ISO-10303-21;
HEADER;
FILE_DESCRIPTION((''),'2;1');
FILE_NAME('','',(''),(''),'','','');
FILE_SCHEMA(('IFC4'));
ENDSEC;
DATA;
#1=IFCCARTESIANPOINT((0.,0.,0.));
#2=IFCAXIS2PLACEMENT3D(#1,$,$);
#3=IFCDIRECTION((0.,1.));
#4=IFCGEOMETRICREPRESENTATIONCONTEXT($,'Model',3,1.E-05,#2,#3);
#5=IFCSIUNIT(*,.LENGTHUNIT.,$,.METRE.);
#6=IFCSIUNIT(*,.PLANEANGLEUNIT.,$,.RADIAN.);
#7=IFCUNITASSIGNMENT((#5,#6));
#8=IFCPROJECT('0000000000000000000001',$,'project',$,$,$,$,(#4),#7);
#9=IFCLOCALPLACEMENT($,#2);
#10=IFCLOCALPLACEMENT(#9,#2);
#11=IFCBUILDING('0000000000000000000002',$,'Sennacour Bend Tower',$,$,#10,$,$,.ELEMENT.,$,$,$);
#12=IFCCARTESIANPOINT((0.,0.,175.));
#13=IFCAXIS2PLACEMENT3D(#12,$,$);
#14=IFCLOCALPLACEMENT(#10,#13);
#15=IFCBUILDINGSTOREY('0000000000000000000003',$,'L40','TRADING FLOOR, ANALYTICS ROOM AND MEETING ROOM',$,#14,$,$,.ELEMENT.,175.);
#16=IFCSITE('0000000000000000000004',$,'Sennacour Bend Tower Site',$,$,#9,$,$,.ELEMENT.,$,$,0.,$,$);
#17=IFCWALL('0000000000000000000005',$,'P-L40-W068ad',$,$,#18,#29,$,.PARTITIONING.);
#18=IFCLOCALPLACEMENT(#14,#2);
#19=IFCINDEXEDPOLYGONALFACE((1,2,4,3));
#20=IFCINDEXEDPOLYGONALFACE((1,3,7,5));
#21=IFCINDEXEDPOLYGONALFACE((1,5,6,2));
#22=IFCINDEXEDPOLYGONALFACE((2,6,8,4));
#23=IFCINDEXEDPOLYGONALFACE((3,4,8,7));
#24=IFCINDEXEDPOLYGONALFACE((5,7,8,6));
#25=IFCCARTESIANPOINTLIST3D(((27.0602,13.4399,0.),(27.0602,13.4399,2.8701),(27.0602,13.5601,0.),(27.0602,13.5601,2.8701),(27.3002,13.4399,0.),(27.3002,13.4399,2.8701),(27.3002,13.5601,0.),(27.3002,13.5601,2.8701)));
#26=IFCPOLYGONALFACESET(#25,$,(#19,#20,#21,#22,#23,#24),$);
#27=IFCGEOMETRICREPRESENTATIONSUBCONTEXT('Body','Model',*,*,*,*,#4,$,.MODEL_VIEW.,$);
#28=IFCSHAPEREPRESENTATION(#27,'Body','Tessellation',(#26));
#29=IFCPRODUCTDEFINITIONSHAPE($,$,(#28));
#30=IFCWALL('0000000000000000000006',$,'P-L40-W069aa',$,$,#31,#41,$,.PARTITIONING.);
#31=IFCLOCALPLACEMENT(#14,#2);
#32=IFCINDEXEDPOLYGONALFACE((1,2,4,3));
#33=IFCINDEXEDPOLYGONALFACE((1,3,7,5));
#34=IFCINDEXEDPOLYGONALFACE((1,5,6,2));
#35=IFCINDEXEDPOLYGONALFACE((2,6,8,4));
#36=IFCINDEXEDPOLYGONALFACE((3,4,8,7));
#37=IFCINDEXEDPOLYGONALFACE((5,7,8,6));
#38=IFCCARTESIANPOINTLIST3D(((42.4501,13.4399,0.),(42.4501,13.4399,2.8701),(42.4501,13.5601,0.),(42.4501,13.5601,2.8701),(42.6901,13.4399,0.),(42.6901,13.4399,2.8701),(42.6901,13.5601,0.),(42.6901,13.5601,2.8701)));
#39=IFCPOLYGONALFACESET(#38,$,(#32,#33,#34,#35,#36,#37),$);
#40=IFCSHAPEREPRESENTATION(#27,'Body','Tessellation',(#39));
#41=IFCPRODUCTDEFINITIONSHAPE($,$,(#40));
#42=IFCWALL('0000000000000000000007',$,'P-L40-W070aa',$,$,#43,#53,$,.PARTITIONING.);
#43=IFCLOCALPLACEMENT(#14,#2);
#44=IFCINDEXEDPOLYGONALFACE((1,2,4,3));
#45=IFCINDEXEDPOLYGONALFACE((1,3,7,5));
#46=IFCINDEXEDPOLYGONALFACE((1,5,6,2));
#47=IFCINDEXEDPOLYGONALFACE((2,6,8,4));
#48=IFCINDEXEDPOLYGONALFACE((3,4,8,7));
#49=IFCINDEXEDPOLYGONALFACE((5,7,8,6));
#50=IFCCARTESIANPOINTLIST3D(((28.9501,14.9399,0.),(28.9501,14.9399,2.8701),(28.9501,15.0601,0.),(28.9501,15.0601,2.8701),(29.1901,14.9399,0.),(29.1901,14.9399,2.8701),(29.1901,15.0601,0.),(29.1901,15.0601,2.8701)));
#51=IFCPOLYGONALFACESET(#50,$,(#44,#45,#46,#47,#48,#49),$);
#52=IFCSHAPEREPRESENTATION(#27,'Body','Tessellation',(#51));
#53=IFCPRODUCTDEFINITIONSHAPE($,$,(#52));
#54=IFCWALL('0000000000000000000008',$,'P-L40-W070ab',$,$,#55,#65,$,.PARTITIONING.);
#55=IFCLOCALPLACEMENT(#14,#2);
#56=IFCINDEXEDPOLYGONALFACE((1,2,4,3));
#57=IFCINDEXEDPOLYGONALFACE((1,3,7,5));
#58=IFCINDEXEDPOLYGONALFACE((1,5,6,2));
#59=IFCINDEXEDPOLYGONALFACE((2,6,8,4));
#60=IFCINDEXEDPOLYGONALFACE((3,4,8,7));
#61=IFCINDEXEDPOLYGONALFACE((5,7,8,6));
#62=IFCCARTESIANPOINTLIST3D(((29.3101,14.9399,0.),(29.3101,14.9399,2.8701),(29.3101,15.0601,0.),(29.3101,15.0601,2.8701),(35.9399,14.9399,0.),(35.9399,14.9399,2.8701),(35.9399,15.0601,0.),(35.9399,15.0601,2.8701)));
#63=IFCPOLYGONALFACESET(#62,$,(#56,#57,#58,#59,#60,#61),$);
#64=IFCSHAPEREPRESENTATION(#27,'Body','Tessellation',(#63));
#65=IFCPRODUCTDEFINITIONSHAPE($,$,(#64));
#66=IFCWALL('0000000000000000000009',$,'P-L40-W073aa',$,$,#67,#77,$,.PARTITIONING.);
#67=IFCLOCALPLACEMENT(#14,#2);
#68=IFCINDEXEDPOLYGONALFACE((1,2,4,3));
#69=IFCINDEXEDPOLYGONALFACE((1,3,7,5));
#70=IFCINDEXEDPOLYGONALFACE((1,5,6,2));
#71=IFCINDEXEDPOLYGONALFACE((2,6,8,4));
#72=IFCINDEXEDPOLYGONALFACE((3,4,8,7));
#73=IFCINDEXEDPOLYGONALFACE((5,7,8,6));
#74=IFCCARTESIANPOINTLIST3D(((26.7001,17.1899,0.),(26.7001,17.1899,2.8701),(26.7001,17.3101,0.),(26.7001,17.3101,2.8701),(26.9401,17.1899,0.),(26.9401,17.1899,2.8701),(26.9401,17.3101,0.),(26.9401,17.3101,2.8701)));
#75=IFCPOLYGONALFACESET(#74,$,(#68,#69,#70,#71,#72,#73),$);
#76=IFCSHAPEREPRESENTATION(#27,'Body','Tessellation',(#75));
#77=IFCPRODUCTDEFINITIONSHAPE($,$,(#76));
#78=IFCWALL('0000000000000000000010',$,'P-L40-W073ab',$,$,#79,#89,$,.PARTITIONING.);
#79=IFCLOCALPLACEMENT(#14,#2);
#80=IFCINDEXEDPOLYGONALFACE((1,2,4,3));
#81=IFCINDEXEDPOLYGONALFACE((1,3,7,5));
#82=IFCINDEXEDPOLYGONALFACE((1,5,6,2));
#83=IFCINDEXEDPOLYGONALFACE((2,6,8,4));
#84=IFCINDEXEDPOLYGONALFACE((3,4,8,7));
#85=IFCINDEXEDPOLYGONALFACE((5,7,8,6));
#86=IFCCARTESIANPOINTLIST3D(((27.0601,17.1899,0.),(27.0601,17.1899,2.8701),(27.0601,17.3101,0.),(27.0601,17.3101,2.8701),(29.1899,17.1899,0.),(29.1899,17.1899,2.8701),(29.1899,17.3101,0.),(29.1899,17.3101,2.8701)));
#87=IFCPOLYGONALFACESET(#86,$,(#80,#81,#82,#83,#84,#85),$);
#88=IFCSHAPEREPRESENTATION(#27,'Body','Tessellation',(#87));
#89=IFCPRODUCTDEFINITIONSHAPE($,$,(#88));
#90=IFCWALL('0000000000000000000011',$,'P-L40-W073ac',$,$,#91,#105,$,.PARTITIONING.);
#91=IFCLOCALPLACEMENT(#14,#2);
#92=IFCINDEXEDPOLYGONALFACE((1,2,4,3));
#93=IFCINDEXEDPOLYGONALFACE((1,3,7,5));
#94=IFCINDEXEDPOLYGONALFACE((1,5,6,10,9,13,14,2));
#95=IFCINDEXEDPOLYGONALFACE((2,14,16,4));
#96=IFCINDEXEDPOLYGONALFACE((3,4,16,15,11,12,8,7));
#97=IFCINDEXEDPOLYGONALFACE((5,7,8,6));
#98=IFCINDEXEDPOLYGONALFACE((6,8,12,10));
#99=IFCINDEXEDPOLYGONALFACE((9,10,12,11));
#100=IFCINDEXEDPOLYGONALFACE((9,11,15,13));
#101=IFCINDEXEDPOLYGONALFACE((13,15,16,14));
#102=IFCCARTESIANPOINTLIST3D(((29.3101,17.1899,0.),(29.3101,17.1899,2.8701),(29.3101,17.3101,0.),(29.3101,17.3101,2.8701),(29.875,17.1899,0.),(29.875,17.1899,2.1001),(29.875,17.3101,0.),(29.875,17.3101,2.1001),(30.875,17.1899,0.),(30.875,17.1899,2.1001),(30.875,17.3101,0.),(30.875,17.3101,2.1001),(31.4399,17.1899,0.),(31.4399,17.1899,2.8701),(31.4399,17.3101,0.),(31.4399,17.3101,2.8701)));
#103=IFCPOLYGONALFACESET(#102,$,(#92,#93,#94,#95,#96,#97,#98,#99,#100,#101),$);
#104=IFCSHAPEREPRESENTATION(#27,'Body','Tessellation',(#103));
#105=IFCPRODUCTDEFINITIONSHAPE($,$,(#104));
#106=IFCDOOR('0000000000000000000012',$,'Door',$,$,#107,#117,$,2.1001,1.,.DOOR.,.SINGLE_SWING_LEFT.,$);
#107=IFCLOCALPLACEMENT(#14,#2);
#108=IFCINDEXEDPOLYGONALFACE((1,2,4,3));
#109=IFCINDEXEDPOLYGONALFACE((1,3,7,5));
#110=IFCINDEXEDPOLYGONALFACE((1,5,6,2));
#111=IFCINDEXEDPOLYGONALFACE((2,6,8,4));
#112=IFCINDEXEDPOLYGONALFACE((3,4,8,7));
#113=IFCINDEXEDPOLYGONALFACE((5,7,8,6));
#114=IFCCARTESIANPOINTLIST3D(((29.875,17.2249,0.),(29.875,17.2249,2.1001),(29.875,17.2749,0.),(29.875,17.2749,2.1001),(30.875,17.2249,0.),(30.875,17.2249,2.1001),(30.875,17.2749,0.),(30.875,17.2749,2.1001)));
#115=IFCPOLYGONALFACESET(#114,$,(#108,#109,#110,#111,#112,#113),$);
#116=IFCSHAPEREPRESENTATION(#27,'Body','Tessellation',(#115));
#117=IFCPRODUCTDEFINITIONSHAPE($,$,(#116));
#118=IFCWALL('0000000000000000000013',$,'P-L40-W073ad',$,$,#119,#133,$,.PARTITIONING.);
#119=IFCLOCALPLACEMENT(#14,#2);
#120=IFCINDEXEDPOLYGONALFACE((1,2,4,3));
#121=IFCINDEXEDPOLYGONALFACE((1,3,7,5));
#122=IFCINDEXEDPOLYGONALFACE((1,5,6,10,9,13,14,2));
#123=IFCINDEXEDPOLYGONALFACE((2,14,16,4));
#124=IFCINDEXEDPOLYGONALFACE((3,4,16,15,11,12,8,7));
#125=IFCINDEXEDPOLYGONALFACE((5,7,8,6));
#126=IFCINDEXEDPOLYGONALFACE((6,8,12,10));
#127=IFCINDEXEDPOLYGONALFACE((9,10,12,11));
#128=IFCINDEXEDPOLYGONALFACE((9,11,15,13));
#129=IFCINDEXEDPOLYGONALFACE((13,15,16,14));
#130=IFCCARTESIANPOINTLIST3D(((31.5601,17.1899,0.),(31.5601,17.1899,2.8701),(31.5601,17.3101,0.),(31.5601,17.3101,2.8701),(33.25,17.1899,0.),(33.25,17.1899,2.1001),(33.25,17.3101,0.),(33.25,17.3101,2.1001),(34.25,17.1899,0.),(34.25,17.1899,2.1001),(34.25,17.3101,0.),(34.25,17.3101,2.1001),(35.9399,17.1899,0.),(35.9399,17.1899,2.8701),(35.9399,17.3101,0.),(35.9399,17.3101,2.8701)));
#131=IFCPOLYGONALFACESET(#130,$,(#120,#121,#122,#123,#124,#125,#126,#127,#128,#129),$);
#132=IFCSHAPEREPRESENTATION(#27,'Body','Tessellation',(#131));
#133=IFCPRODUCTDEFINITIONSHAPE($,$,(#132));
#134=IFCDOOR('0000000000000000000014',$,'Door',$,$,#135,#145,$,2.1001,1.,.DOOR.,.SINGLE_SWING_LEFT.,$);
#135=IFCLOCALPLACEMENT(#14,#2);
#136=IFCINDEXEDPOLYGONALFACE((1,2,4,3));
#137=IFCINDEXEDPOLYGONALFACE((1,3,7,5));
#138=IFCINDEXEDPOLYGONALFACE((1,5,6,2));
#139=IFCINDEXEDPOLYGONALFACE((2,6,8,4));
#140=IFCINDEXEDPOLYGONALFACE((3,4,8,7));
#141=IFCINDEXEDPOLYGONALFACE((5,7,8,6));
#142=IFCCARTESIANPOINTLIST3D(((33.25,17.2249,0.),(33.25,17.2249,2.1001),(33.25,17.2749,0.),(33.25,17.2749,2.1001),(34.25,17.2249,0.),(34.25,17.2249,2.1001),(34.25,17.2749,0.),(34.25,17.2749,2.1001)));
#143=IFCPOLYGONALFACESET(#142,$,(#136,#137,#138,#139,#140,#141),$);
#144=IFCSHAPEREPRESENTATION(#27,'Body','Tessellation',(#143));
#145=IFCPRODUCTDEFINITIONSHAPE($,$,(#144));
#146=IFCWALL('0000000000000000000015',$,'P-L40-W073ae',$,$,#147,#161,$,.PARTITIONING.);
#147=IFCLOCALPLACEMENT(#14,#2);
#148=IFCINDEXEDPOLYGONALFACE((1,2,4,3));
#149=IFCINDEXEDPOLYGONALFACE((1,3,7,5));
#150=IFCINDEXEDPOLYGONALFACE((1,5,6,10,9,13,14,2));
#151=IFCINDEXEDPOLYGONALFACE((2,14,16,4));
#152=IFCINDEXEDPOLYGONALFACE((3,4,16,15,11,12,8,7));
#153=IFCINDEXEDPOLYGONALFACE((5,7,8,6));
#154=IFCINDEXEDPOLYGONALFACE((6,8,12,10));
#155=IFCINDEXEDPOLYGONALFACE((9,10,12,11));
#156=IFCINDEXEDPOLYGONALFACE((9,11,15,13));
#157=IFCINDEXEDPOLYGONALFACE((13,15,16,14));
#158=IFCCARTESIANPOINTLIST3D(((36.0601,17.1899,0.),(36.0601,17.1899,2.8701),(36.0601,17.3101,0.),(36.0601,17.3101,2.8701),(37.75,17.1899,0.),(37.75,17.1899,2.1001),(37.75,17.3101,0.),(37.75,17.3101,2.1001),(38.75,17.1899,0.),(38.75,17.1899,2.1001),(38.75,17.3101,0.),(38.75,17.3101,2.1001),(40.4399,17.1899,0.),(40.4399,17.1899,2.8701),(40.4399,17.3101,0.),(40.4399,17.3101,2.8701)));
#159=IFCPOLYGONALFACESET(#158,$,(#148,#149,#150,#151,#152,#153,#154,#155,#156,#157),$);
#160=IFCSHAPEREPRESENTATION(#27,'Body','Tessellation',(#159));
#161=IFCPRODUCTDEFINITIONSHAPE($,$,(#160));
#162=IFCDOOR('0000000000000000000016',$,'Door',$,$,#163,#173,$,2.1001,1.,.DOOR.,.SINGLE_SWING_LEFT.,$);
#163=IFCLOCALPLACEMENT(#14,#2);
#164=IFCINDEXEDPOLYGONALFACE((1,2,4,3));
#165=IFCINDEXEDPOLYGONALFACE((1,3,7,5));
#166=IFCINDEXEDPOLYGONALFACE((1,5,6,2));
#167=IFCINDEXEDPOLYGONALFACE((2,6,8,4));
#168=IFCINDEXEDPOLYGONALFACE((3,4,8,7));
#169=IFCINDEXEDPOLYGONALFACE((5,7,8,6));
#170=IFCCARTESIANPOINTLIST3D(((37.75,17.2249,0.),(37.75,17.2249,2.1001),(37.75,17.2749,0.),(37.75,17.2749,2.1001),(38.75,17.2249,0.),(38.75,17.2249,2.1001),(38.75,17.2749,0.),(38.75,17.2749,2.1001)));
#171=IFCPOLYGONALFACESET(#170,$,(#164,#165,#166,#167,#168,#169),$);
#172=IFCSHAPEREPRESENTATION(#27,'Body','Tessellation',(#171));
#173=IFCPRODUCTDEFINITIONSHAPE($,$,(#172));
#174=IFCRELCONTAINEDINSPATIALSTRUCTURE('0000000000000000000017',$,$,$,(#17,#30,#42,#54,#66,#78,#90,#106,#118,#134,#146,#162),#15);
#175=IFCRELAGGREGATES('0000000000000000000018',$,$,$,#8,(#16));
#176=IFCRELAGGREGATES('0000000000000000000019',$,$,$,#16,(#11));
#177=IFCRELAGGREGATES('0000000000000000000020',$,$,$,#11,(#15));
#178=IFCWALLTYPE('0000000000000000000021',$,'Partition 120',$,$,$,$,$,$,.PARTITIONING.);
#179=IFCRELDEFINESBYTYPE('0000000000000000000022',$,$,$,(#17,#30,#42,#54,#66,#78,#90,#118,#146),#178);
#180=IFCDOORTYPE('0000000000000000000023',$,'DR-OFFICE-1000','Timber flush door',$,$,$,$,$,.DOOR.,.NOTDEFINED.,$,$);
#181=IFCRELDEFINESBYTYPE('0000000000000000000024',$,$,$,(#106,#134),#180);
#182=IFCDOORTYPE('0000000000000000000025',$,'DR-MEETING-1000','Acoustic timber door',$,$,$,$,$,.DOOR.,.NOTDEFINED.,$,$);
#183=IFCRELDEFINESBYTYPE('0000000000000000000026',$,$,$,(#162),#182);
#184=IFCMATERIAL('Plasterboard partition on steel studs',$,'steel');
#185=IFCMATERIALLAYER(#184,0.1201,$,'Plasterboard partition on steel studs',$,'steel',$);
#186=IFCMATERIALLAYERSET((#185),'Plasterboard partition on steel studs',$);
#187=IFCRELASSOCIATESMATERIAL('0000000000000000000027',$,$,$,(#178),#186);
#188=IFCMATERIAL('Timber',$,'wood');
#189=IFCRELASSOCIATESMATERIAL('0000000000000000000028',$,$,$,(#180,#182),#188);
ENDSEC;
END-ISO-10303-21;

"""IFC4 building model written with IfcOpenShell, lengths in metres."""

from ifc_helpers import new_model, si_unit, direction, frame, frame_2d, origin, place, context, subcontext, project, spatial, rectangle, extrude, material, layer, layer_set, type_object, element, fill, save


model = new_model("IFC4")

# Units and contexts
model_context = context("Model", 3, precision=1e-05, world=origin(), true_north=direction((0.0, 1.0)))
body_context = subcontext(model_context, "Body", "Model", "MODEL_VIEW")
ifc_project = project(units=[si_unit("LENGTHUNIT", "METRE"), si_unit("PLANEANGLEUNIT", "RADIAN")], contexts=[model_context])

# Site, building, storey
site_placement = place(None, origin())
site = spatial("IfcSite", under=ifc_project, at=site_placement, Name="Sennacour Bend Tower Site", CompositionType="ELEMENT", RefElevation=0.0)
building_placement = place(site_placement, origin())
building = spatial("IfcBuilding", under=site, at=building_placement, Name="Sennacour Bend Tower", CompositionType="ELEMENT")
storey_placement = place(building_placement, frame((0.0, 0.0, 175.0)))
storey = spatial("IfcBuildingStorey", under=building, at=storey_placement, Name="L40", Description="TRADING FLOOR, ANALYTICS ROOM AND MEETING ROOM", CompositionType="ELEMENT", Elevation=175.0)

# Walls
ifc_material_1 = material(Name="Plasterboard partition on steel studs", Category="steel")
ifc_layer_1 = layer(ifc_material_1, 0.1201, Name="Plasterboard partition on steel studs", Category="steel")
ifc_layer_set_1 = layer_set([ifc_layer_1], Name="Plasterboard partition on steel studs")
wall_type_1 = type_object("IfcWallType", Name="Partition 120", PredefinedType="PARTITIONING", material=ifc_layer_set_1)
for number, where, z_axis, x_axis, name in (
    (1, (27.0601, 13.5, 0.0), (0.0, 0.0, 1.0), (1.0, 0.0, 0.0), "P-L40-W068ad"),
    (2, (42.45, 13.5, 0.0), (0.0, 0.0, 1.0), (1.0, 0.0, 0.0), "P-L40-W069aa"),
    (3, (28.95, 15.0, 0.0), (0.0, 0.0, 1.0), (1.0, 0.0, 0.0), "P-L40-W070aa"),
):
    element("IfcWall", number, at=place(storey_placement, frame(where, z_axis=z_axis, x_axis=x_axis)), inside=storey, type_object=wall_type_1, Name=name, PredefinedType="PARTITIONING", context=body_context, shape_type="SweptSolid", body=[
        extrude(rectangle(XDim=0.24, YDim=0.1201, at=frame_2d((0.1201, 0.0))), origin(), (0.0, 0.0, 1.0), 2.8701),
    ])
wall_1_placement = place(storey_placement, frame((29.3101, 15.0, 0.0), z_axis=(0.0, 0.0, 1.0), x_axis=(1.0, 0.0, 0.0)))
element("IfcWall", 4, at=wall_1_placement, inside=storey, type_object=wall_type_1, Name="P-L40-W070ab", PredefinedType="PARTITIONING", context=body_context, shape_type="SweptSolid", body=[
    extrude(rectangle(XDim=6.6299, YDim=0.1201, at=frame_2d((3.3149, 0.0))), origin(), (0.0, 0.0, 1.0), 2.8701),
])
wall_2_placement = place(storey_placement, frame((26.7, 17.25, 0.0), z_axis=(0.0, 0.0, 1.0), x_axis=(1.0, 0.0, 0.0)))
element("IfcWall", 5, at=wall_2_placement, inside=storey, type_object=wall_type_1, Name="P-L40-W073aa", PredefinedType="PARTITIONING", context=body_context, shape_type="SweptSolid", body=[
    extrude(rectangle(XDim=0.24, YDim=0.1201, at=frame_2d((0.1201, 0.0))), origin(), (0.0, 0.0, 1.0), 2.8701),
])
wall_3_placement = place(storey_placement, frame((27.0601, 17.25, 0.0), z_axis=(0.0, 0.0, 1.0), x_axis=(1.0, 0.0, 0.0)))
element("IfcWall", 6, at=wall_3_placement, inside=storey, type_object=wall_type_1, Name="P-L40-W073ab", PredefinedType="PARTITIONING", context=body_context, shape_type="SweptSolid", body=[
    extrude(rectangle(XDim=2.1299, YDim=0.1201, at=frame_2d((1.0649, 0.0))), origin(), (0.0, 0.0, 1.0), 2.8701),
])

# Walls, openings, doors
wall_4_placement = place(storey_placement, frame((29.3101, 17.25, 0.0), z_axis=(0.0, 0.0, 1.0), x_axis=(1.0, 0.0, 0.0)))
wall_4 = element("IfcWall", 7, at=wall_4_placement, inside=storey, type_object=wall_type_1, Name="P-L40-W073ac", PredefinedType="PARTITIONING", context=body_context, shape_type="SweptSolid", body=[
    extrude(rectangle(XDim=2.1299, YDim=0.1201, at=frame_2d((1.0649, 0.0))), origin(), (0.0, 0.0, 1.0), 2.8701),
])
opening_1_placement = place(wall_4_placement, frame((0.5649, 0.0, 0.0)))
opening_1 = element("IfcOpeningElement", 8, at=opening_1_placement, cuts=wall_4, PredefinedType="OPENING", context=body_context, shape_type="SweptSolid", body=[
    extrude(rectangle(XDim=1.0, YDim=2.1001, at=frame_2d((0.5, 1.05))), frame((0.0, 0.0701, 0.0), z_axis=(0.0, -1.0, 0.0), x_axis=(1.0, 0.0, 0.0)), (0.0, 0.0, 1.0), 0.1401),
])
ifc_material_2 = material(Name="Timber", Category="wood")
door_type_1 = type_object("IfcDoorType", Name="DR-OFFICE-1000", Description="Timber flush door", OperationType="NOTDEFINED", PredefinedType="DOOR", material=ifc_material_2)
door_1_placement = place(opening_1_placement, origin())
door_1 = element("IfcDoor", 9, at=door_1_placement, inside=storey, type_object=door_type_1, Name="Door", OperationType="SINGLE_SWING_LEFT", OverallHeight=2.1001, OverallWidth=1.0, PredefinedType="DOOR", context=body_context, shape_type="SweptSolid", body=[
    extrude(rectangle(XDim=1.0, YDim=2.1001, at=frame_2d((0.5, 1.05))), frame((0.0, 0.0249, 0.0), z_axis=(0.0, -1.0, 0.0), x_axis=(1.0, 0.0, 0.0)), (0.0, 0.0, 1.0), 0.05),
])
fill(opening_1, door_1)
wall_5_placement = place(storey_placement, frame((31.5601, 17.25, 0.0), z_axis=(0.0, 0.0, 1.0), x_axis=(1.0, 0.0, 0.0)))
wall_5 = element("IfcWall", 10, at=wall_5_placement, inside=storey, type_object=wall_type_1, Name="P-L40-W073ad", PredefinedType="PARTITIONING", context=body_context, shape_type="SweptSolid", body=[
    extrude(rectangle(XDim=4.3799, YDim=0.1201, at=frame_2d((2.1899, 0.0))), origin(), (0.0, 0.0, 1.0), 2.8701),
])
opening_2_placement = place(wall_5_placement, frame((1.6899, 0.0, 0.0)))
opening_2 = element("IfcOpeningElement", 11, at=opening_2_placement, cuts=wall_5, PredefinedType="OPENING", context=body_context, shape_type="SweptSolid", body=[
    extrude(rectangle(XDim=1.0, YDim=2.1001, at=frame_2d((0.5, 1.05))), frame((0.0, 0.0701, 0.0), z_axis=(0.0, -1.0, 0.0), x_axis=(1.0, 0.0, 0.0)), (0.0, 0.0, 1.0), 0.1401),
])
door_2_placement = place(opening_2_placement, origin())
door_2 = element("IfcDoor", 12, at=door_2_placement, inside=storey, type_object=door_type_1, Name="Door", OperationType="SINGLE_SWING_LEFT", OverallHeight=2.1001, OverallWidth=1.0, PredefinedType="DOOR", context=body_context, shape_type="SweptSolid", body=[
    extrude(rectangle(XDim=1.0, YDim=2.1001, at=frame_2d((0.5, 1.05))), frame((0.0, 0.0249, 0.0), z_axis=(0.0, -1.0, 0.0), x_axis=(1.0, 0.0, 0.0)), (0.0, 0.0, 1.0), 0.05),
])
fill(opening_2, door_2)
wall_6_placement = place(storey_placement, frame((36.0601, 17.25, 0.0), z_axis=(0.0, 0.0, 1.0), x_axis=(1.0, 0.0, 0.0)))
wall_6 = element("IfcWall", 13, at=wall_6_placement, inside=storey, type_object=wall_type_1, Name="P-L40-W073ae", PredefinedType="PARTITIONING", context=body_context, shape_type="SweptSolid", body=[
    extrude(rectangle(XDim=4.3799, YDim=0.1201, at=frame_2d((2.1899, 0.0))), origin(), (0.0, 0.0, 1.0), 2.8701),
])
opening_3_placement = place(wall_6_placement, frame((1.6899, 0.0, 0.0)))
opening_3 = element("IfcOpeningElement", 14, at=opening_3_placement, cuts=wall_6, PredefinedType="OPENING", context=body_context, shape_type="SweptSolid", body=[
    extrude(rectangle(XDim=1.0, YDim=2.1001, at=frame_2d((0.5, 1.05))), frame((0.0, 0.0701, 0.0), z_axis=(0.0, -1.0, 0.0), x_axis=(1.0, 0.0, 0.0)), (0.0, 0.0, 1.0), 0.1401),
])
door_type_2 = type_object("IfcDoorType", Name="DR-MEETING-1000", Description="Acoustic timber door", OperationType="NOTDEFINED", PredefinedType="DOOR", material=ifc_material_2)
door_3_placement = place(opening_3_placement, origin())
door_3 = element("IfcDoor", 15, at=door_3_placement, inside=storey, type_object=door_type_2, Name="Door", OperationType="SINGLE_SWING_LEFT", OverallHeight=2.1001, OverallWidth=1.0, PredefinedType="DOOR", context=body_context, shape_type="SweptSolid", body=[
    extrude(rectangle(XDim=1.0, YDim=2.1001, at=frame_2d((0.5, 1.05))), frame((0.0, 0.0249, 0.0), z_axis=(0.0, -1.0, 0.0), x_axis=(1.0, 0.0, 0.0)), (0.0, 0.0, 1.0), 0.05),
])
fill(opening_3, door_3)

save(model, "model.ifc")
